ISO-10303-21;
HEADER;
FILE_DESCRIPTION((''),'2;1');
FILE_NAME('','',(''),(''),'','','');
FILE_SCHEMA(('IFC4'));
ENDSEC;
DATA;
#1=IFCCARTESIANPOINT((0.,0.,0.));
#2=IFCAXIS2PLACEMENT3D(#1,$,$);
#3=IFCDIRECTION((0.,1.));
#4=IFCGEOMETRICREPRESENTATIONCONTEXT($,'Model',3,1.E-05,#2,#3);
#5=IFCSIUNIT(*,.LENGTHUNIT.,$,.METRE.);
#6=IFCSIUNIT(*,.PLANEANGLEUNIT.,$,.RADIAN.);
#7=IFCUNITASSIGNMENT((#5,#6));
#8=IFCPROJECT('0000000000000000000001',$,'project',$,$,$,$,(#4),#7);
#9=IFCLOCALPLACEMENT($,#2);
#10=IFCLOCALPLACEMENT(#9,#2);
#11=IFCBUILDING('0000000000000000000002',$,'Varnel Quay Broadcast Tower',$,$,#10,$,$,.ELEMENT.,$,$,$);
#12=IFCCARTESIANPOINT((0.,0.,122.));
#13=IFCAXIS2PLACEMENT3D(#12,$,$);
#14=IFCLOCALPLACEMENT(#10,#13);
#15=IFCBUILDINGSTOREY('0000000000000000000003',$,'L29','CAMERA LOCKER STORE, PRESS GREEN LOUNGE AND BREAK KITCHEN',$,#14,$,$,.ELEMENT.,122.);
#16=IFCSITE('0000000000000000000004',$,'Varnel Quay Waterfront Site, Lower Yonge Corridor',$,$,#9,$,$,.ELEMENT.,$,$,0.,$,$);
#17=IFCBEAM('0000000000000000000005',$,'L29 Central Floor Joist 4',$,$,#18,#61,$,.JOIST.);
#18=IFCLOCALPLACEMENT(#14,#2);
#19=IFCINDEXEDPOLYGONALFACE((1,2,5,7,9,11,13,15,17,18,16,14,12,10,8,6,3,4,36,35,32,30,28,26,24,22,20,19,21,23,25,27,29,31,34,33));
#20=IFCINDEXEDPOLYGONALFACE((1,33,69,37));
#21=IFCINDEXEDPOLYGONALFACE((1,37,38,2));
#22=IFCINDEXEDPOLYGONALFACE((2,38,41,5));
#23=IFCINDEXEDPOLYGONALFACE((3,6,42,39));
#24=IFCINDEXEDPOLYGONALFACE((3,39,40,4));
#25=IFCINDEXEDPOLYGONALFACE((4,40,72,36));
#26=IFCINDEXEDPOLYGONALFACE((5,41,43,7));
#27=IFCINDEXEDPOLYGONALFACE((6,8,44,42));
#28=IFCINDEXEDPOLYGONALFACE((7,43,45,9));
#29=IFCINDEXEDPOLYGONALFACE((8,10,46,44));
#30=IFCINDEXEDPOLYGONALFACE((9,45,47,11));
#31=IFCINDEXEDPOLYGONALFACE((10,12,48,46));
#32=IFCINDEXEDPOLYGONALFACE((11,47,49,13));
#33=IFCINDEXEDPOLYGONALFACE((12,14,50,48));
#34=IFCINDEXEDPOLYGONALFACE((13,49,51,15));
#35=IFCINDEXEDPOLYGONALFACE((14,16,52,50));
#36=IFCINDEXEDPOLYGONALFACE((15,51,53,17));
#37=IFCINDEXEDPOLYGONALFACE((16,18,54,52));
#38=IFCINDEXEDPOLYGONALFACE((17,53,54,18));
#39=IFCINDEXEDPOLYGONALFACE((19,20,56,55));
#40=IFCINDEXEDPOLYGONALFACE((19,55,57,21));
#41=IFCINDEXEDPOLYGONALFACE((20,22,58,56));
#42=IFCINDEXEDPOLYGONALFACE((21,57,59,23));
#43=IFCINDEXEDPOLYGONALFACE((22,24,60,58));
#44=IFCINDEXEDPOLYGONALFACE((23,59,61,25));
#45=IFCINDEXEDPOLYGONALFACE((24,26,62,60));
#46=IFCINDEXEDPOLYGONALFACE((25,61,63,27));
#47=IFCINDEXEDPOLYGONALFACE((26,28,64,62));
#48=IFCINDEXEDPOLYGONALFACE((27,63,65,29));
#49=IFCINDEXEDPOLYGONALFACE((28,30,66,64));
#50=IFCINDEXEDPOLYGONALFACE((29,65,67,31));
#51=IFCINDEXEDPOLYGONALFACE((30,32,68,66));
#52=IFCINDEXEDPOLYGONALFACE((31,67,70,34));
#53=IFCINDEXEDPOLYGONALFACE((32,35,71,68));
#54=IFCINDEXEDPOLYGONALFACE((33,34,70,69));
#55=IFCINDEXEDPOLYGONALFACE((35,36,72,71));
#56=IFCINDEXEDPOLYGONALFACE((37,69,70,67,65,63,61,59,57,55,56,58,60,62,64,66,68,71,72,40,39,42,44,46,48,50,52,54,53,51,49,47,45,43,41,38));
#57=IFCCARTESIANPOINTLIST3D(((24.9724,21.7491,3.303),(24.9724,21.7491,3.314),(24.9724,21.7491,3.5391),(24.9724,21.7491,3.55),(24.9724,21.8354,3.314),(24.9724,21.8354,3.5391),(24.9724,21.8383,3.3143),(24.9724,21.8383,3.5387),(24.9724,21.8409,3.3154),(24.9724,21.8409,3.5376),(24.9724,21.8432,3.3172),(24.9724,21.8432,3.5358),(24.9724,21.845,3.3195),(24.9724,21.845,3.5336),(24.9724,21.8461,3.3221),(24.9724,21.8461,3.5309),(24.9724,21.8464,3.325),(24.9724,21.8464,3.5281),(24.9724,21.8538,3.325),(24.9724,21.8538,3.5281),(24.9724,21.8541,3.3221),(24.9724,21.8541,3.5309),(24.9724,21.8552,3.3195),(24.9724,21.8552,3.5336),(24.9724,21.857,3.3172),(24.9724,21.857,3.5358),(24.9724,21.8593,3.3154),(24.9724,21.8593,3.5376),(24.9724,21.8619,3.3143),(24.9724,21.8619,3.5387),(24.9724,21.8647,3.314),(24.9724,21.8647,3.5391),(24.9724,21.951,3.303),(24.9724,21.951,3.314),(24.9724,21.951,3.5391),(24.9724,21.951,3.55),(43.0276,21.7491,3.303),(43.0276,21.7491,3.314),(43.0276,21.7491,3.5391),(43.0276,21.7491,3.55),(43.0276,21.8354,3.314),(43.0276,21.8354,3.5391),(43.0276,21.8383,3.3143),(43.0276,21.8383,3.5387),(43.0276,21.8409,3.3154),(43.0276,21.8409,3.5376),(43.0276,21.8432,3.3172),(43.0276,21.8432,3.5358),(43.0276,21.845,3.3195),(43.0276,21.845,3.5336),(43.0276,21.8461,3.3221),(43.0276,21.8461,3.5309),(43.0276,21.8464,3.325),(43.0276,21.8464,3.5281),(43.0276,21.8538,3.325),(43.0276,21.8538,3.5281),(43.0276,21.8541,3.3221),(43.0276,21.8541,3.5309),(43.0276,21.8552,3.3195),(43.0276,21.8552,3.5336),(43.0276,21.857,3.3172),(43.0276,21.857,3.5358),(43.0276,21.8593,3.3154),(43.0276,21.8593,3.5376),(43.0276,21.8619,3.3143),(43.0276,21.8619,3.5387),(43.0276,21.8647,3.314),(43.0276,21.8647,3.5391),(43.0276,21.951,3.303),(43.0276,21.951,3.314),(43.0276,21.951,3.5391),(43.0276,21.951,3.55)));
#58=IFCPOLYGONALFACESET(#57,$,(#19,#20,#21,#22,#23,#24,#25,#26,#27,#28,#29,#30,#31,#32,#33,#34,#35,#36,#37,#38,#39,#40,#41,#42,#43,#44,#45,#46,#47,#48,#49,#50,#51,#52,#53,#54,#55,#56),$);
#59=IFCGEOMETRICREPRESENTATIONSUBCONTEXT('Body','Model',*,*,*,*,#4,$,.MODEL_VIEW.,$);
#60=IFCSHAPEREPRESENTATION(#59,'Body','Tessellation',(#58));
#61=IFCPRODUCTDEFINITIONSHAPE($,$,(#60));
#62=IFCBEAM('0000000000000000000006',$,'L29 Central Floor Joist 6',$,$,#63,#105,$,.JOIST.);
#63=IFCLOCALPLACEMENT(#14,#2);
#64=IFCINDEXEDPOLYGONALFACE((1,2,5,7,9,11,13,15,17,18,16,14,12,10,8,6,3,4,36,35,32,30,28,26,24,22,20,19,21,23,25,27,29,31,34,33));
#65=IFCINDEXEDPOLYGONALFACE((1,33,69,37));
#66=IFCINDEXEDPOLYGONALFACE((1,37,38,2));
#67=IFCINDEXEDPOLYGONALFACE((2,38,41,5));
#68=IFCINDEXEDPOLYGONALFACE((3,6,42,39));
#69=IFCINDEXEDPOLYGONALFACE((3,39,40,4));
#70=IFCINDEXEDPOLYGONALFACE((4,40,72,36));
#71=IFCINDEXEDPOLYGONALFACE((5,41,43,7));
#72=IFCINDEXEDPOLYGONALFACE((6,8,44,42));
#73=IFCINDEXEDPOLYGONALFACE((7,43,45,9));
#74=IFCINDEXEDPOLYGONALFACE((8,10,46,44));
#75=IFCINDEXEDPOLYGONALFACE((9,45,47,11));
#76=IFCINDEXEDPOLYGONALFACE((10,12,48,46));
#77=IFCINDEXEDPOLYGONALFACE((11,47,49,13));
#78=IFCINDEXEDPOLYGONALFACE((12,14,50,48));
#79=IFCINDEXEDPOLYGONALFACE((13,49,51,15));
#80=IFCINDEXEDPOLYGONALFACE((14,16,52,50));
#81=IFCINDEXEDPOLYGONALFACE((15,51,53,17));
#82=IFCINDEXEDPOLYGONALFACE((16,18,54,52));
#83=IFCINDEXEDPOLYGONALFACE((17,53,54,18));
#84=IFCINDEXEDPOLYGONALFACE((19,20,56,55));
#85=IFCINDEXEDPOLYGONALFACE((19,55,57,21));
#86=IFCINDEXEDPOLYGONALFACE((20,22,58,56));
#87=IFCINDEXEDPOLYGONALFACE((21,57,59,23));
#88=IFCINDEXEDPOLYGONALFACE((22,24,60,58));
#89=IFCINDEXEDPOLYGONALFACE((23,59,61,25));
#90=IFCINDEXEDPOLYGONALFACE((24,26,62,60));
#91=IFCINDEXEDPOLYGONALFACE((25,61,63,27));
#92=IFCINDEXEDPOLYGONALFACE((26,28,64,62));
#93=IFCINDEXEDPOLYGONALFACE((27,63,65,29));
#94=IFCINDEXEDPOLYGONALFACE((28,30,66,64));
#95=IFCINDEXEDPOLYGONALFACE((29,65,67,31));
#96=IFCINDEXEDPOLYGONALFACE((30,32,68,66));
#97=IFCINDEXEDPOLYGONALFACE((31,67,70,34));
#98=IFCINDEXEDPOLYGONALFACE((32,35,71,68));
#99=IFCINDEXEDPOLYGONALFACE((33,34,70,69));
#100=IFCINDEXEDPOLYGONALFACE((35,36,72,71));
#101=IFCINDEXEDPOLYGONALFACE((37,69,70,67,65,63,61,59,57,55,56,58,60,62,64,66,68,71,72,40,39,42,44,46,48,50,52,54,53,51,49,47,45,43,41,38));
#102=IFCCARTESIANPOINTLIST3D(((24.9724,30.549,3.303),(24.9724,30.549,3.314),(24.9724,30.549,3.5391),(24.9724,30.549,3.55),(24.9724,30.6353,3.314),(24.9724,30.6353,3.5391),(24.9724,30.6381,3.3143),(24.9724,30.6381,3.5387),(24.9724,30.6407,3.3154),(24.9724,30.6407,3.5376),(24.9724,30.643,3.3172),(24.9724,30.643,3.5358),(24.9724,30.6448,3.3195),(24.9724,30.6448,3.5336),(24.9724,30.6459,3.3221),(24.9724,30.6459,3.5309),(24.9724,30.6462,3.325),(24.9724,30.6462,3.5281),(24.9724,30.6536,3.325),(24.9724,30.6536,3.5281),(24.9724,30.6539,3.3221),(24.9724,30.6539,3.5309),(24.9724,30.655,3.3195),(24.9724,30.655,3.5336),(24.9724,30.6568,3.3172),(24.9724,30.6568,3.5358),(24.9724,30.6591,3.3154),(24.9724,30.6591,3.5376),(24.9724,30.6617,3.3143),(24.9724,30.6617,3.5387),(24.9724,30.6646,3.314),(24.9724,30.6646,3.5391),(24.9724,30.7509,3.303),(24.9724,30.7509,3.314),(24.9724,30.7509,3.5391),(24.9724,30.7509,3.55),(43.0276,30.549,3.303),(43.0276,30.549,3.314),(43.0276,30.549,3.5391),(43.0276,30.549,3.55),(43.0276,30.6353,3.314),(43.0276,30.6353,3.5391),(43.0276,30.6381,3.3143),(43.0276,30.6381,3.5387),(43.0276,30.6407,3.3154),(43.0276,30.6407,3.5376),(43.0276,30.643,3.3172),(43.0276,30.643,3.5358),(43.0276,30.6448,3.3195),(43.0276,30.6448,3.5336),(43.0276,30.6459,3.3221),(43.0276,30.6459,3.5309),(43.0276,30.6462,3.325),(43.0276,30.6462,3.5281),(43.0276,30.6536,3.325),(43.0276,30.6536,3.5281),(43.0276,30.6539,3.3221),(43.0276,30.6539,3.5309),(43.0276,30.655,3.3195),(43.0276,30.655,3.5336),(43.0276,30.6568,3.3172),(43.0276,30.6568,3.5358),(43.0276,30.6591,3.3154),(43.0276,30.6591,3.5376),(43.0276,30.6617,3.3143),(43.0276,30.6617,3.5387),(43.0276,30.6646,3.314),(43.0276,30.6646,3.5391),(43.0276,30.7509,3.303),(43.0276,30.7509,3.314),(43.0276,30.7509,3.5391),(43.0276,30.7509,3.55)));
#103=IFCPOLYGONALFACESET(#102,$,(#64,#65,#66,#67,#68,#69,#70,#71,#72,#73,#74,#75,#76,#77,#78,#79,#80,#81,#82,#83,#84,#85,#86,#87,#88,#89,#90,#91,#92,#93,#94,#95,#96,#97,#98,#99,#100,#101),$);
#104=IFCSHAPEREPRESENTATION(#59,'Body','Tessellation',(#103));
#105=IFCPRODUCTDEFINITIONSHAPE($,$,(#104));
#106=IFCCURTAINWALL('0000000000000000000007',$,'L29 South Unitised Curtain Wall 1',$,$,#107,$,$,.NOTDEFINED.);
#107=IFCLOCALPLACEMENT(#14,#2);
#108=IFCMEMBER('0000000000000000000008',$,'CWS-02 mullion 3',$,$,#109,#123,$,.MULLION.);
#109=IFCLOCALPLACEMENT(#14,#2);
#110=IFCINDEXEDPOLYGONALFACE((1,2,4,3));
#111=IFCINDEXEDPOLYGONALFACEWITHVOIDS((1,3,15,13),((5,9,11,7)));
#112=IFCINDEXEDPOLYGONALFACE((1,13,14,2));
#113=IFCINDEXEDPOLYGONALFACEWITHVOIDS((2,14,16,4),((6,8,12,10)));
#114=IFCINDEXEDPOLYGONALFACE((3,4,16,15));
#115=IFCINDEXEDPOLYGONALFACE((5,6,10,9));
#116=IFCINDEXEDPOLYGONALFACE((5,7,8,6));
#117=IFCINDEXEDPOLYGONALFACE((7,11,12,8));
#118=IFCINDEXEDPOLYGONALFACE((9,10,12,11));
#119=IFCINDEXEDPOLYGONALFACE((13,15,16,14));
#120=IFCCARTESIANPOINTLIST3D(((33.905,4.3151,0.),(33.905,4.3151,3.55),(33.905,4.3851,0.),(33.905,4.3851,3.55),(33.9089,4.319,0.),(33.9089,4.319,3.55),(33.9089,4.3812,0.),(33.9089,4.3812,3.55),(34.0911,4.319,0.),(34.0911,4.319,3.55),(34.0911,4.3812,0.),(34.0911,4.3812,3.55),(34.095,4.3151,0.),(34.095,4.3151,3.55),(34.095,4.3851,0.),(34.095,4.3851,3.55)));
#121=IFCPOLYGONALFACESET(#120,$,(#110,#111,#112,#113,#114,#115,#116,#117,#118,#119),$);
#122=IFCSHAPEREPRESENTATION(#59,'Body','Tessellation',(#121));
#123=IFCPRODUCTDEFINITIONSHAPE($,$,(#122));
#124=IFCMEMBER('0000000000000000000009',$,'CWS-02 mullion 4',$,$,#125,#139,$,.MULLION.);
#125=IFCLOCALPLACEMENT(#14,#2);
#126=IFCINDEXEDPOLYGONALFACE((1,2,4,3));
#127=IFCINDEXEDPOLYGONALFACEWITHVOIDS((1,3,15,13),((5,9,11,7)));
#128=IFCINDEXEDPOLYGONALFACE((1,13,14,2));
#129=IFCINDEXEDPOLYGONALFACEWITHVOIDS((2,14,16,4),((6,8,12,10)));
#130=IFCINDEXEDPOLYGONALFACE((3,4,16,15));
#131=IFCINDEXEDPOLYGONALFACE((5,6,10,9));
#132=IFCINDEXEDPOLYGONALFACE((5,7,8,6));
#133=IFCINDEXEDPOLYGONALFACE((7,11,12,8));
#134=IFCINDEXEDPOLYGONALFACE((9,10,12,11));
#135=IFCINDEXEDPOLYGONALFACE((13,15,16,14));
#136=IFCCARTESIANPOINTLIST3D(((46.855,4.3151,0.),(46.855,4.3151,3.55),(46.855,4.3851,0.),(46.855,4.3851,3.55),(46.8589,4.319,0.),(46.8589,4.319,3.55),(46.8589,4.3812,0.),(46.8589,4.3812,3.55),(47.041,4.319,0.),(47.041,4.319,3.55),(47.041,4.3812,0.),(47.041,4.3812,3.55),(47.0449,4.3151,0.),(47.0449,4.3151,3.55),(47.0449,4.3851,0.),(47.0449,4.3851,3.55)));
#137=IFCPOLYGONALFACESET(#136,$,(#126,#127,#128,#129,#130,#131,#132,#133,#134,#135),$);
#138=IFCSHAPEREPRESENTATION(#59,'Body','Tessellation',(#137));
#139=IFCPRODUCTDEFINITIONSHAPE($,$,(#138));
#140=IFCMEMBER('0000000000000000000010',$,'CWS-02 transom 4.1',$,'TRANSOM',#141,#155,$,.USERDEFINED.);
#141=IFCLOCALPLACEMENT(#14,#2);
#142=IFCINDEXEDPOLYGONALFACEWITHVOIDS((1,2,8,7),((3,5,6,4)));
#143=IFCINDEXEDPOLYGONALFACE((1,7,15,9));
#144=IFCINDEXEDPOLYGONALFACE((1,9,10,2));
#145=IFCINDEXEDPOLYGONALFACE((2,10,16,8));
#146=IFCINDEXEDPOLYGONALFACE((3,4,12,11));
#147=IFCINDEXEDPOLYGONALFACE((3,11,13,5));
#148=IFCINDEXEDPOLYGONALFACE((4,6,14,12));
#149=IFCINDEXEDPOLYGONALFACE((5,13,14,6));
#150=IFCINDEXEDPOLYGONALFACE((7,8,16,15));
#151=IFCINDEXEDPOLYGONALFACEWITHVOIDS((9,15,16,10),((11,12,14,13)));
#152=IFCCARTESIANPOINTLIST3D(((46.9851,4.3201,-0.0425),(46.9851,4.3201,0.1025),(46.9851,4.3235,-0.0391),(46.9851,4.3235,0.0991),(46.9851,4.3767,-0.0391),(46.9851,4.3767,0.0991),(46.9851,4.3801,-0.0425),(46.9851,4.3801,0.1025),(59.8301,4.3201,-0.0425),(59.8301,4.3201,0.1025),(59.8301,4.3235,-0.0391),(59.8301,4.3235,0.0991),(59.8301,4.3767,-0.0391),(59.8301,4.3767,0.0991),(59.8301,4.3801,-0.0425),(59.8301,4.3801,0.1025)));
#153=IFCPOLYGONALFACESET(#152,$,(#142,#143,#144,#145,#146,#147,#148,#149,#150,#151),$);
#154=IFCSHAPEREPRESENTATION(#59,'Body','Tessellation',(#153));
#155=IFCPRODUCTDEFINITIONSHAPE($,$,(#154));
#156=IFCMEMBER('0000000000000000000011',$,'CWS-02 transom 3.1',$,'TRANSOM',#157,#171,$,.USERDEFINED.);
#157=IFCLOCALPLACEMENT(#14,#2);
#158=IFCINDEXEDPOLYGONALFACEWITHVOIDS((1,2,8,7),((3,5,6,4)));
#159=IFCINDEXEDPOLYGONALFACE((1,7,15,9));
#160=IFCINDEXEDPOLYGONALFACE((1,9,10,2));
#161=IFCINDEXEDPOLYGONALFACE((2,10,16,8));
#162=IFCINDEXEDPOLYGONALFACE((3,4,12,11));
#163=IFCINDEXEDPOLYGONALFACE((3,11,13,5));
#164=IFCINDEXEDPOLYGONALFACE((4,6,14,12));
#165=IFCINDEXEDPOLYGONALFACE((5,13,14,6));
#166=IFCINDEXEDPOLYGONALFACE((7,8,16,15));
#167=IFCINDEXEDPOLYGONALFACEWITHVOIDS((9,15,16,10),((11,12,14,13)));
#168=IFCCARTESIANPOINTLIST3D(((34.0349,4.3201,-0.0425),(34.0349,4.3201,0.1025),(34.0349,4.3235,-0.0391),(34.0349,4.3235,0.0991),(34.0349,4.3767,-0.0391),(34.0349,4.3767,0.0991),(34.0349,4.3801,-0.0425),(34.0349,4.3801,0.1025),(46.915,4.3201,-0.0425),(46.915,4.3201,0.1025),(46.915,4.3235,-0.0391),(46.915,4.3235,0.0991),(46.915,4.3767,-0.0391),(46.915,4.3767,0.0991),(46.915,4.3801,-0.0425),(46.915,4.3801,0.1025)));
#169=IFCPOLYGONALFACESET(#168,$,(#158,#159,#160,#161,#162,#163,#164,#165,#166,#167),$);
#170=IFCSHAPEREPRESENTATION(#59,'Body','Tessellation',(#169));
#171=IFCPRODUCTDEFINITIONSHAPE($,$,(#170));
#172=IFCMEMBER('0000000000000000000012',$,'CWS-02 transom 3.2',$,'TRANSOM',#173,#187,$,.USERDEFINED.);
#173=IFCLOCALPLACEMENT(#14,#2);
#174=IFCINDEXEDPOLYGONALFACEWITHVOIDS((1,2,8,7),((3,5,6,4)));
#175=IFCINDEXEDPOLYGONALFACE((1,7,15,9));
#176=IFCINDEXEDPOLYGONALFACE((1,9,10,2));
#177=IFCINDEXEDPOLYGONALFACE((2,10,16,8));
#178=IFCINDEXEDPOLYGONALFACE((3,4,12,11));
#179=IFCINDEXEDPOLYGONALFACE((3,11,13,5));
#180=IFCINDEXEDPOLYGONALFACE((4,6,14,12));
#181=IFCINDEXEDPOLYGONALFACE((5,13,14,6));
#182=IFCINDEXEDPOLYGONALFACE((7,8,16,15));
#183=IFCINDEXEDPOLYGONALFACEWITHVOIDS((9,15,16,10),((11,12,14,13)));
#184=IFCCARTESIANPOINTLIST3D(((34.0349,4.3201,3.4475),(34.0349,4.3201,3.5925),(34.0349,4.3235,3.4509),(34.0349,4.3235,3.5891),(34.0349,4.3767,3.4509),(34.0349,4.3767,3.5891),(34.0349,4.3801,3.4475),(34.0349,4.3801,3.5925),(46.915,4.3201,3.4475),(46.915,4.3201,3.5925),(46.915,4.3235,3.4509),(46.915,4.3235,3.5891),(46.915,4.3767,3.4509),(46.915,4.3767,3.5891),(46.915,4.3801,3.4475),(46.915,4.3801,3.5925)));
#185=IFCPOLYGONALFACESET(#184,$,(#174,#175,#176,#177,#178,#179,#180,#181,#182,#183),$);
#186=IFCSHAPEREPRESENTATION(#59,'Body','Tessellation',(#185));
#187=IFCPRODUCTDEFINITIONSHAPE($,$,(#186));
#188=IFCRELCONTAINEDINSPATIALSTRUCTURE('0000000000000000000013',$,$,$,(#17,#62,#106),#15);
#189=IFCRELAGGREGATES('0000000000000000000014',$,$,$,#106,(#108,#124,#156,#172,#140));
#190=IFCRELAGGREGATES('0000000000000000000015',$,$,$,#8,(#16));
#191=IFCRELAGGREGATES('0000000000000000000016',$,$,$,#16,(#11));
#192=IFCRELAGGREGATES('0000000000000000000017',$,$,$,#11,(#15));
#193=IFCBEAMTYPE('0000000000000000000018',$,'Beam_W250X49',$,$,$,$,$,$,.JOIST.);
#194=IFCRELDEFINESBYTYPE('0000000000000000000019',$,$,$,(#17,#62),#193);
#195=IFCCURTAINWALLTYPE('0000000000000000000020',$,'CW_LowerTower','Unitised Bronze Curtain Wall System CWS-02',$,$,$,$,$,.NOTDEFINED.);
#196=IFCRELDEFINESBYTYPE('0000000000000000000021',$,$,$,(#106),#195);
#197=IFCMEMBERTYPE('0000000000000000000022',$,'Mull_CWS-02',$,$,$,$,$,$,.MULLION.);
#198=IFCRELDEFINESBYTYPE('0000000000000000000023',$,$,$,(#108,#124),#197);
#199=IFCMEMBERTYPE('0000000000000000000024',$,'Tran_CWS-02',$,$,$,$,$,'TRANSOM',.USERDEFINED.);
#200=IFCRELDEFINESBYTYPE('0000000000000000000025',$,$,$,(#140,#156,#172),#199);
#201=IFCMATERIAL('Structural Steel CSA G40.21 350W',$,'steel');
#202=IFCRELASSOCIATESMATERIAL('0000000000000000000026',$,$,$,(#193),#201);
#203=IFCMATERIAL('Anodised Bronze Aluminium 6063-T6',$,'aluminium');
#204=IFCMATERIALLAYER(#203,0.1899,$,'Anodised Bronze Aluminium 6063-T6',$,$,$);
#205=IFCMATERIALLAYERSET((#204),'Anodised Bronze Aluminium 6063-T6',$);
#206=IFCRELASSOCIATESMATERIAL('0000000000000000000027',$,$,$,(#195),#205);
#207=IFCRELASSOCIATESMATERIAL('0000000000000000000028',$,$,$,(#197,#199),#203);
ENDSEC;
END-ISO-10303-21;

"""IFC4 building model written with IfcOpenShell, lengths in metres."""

from ifc_helpers import new_model, si_unit, direction, frame, origin, origin_2d, place, context, subcontext, project, spatial, hollow_rectangle, i_section, extrude, source, transform, mapped, material, layer, layer_set, material_profile, profile_set, type_object, type_shapes, element, aggregate, save


model = new_model("IFC4")

# Units and contexts
model_context = context("Model", 3, precision=1e-05, world=origin(), true_north=direction((0.0, 1.0)))
body_context = subcontext(model_context, "Body", "Model", "MODEL_VIEW")
ifc_project = project(units=[si_unit("LENGTHUNIT", "METRE"), si_unit("PLANEANGLEUNIT", "RADIAN")], contexts=[model_context])

# Site, building, storey
site_placement = place(None, origin())
site = spatial("IfcSite", under=ifc_project, at=site_placement, Name="Varnel Quay Waterfront Site, Lower Yonge Corridor", CompositionType="ELEMENT", RefElevation=0.0)
building_placement = place(site_placement, origin())
building = spatial("IfcBuilding", under=site, at=building_placement, Name="Varnel Quay Broadcast Tower", CompositionType="ELEMENT")
storey_placement = place(building_placement, frame((0.0, 0.0, 122.0)))
storey = spatial("IfcBuildingStorey", under=building, at=storey_placement, Name="L29", Description="CAMERA LOCKER STORE, PRESS GREEN LOUNGE AND BREAK KITCHEN", CompositionType="ELEMENT", Elevation=122.0)

# Shared definitions
ifc_material_1 = material(Name="Structural Steel CSA G40.21 350W", Category="steel")

# Beams
ifc_material_profile_1 = material_profile(ifc_material_1, i_section(OverallWidth=0.2019, OverallDepth=0.2471, WebThickness=0.0073, FlangeThickness=0.011, FilletRadius=0.011, at=origin_2d()), Name="W250X49")
ifc_profile_set_1 = profile_set([ifc_material_profile_1], Name="Structural Steel CSA G40.21 350W")
beam_type_1 = type_object("IfcBeamType", Name="Beam_W250X49", PredefinedType="JOIST", material=ifc_profile_set_1)
shared_shape_1 = source(origin(), body_context, "Body", "SweptSolid", [
    extrude(i_section(OverallWidth=0.2019, OverallDepth=0.2471, WebThickness=0.0073, FlangeThickness=0.011, FilletRadius=0.011, at=origin_2d()), origin(), (0.0, 0.0, 1.0), 18.0552),
])
for number, where, z_axis, x_axis, name in (
    (1, (24.9724, 21.8501, 3.4265), (1.0, 0.0, 0.0), (0.0, 1.0, 0.0), "L29 Central Floor Joist 4"),
    (2, (24.9724, 30.6499, 3.4265), (1.0, 0.0, 0.0), (0.0, 1.0, 0.0), "L29 Central Floor Joist 6"),
):
    element("IfcBeam", number, at=place(storey_placement, frame(where, z_axis=z_axis, x_axis=x_axis)), inside=storey, type_object=beam_type_1, Name=name, PredefinedType="JOIST", context=body_context, shape_type="MappedRepresentation", body=[
        mapped(shared_shape_1, transform((0.0, 0.0, 0.0), x_axis=(1.0, 0.0, 0.0), y_axis=(0.0, 1.0, 0.0), z_axis=(0.0, 0.0, 1.0), scale=1.0)),
    ])

# Curtain wall, members
ifc_material_2 = material(Name="Anodised Bronze Aluminium 6063-T6", Category="aluminium")
ifc_layer_1 = layer(ifc_material_2, 0.1899, Name="Anodised Bronze Aluminium 6063-T6")
ifc_layer_set_1 = layer_set([ifc_layer_1], Name="Anodised Bronze Aluminium 6063-T6")
curtain_wall_type = type_object("IfcCurtainWallType", Name="CW_LowerTower", Description="Unitised Bronze Curtain Wall System CWS-02", PredefinedType="NOTDEFINED", material=ifc_layer_set_1)
curtain_wall_placement = place(storey_placement, origin())
curtain_wall = element("IfcCurtainWall", 3, at=curtain_wall_placement, inside=storey, type_object=curtain_wall_type, Name="L29 South Unitised Curtain Wall 1", PredefinedType="NOTDEFINED")
ifc_material_profile_2 = material_profile(ifc_material_2, hollow_rectangle(XDim=0.0701, YDim=0.1899, WallThickness=0.0039, at=origin_2d()), Name="ALU70X190X4")
ifc_profile_set_2 = profile_set([ifc_material_profile_2], Name="Anodised Bronze Aluminium 6063-T6")
member_type_1 = type_object("IfcMemberType", Name="Mull_CWS-02", PredefinedType="MULLION", material=ifc_profile_set_2)
shared_shape_2 = source(origin(), body_context, "Body", "SweptSolid", [
    extrude(hollow_rectangle(XDim=0.0701, YDim=0.1899, WallThickness=0.0039, at=origin_2d()), origin(), (0.0, 0.0, 1.0), 3.55),
])
type_shapes(member_type_1, [shared_shape_2])
member_1_placement = place(storey_placement, frame((34.0, 4.3501, 0.0), z_axis=(0.0, 0.0, 1.0), x_axis=(0.0, 1.0, 0.0)))
member_1 = element("IfcMember", 4, at=member_1_placement, type_object=member_type_1, Name="CWS-02 mullion 3", PredefinedType="MULLION", context=body_context, shape_type="MappedRepresentation", body=[
    mapped(shared_shape_2, transform((0.0, 0.0, 0.0), x_axis=(1.0, 0.0, 0.0), y_axis=(0.0, 1.0, 0.0), z_axis=(0.0, 0.0, 1.0), scale=1.0)),
])
member_2_placement = place(storey_placement, frame((46.95, 4.3501, 0.0), z_axis=(0.0, 0.0, 1.0), x_axis=(0.0, 1.0, 0.0)))
member_2 = element("IfcMember", 5, at=member_2_placement, type_object=member_type_1, Name="CWS-02 mullion 4", PredefinedType="MULLION", context=body_context, shape_type="MappedRepresentation", body=[
    mapped(shared_shape_2, transform((0.0, 0.0, 0.0), x_axis=(1.0, 0.0, 0.0), y_axis=(0.0, 1.0, 0.0), z_axis=(0.0, 0.0, 1.0), scale=1.0)),
])
ifc_material_profile_3 = material_profile(ifc_material_2, hollow_rectangle(XDim=0.0601, YDim=0.145, WallThickness=0.0034, at=origin_2d()), Name="ALU60X145X3.5")
ifc_profile_set_3 = profile_set([ifc_material_profile_3], Name="Anodised Bronze Aluminium 6063-T6")
member_type_2 = type_object("IfcMemberType", Name="Tran_CWS-02", ElementType="TRANSOM", PredefinedType="USERDEFINED", material=ifc_profile_set_3)
shared_shape_3 = source(origin(), body_context, "Body", "SweptSolid", [
    extrude(hollow_rectangle(XDim=0.0601, YDim=0.145, WallThickness=0.0034, at=origin_2d()), origin(), (0.0, 0.0, 1.0), 12.845),
])
member_3_placement = place(storey_placement, frame((46.9851, 4.3501, 0.03), z_axis=(1.0, 0.0, 0.0), x_axis=(0.0, 1.0, 0.0)))
member_3 = element("IfcMember", 6, at=member_3_placement, type_object=member_type_2, Name="CWS-02 transom 4.1", ObjectType="TRANSOM", PredefinedType="USERDEFINED", context=body_context, shape_type="MappedRepresentation", body=[
    mapped(shared_shape_3, transform((0.0, 0.0, 0.0), x_axis=(1.0, 0.0, 0.0), y_axis=(0.0, 1.0, 0.0), z_axis=(0.0, 0.0, 1.0), scale=1.0)),
])
shared_shape_4 = source(origin(), body_context, "Body", "SweptSolid", [
    extrude(hollow_rectangle(XDim=0.0601, YDim=0.145, WallThickness=0.0034, at=origin_2d()), origin(), (0.0, 0.0, 1.0), 12.8801),
])
type_shapes(member_type_2, [shared_shape_3, shared_shape_4])
member_4_placement = place(storey_placement, frame((34.0349, 4.3501, 0.03), z_axis=(1.0, 0.0, 0.0), x_axis=(0.0, 1.0, 0.0)))
member_4 = element("IfcMember", 7, at=member_4_placement, type_object=member_type_2, Name="CWS-02 transom 3.1", ObjectType="TRANSOM", PredefinedType="USERDEFINED", context=body_context, shape_type="MappedRepresentation", body=[
    mapped(shared_shape_4, transform((0.0, 0.0, 0.0), x_axis=(1.0, 0.0, 0.0), y_axis=(0.0, 1.0, 0.0), z_axis=(0.0, 0.0, 1.0), scale=1.0)),
])
member_5_placement = place(storey_placement, frame((34.0349, 4.3501, 3.52), z_axis=(1.0, 0.0, 0.0), x_axis=(0.0, 1.0, 0.0)))
member_5 = element("IfcMember", 8, at=member_5_placement, type_object=member_type_2, Name="CWS-02 transom 3.2", ObjectType="TRANSOM", PredefinedType="USERDEFINED", context=body_context, shape_type="MappedRepresentation", body=[
    mapped(shared_shape_4, transform((0.0, 0.0, 0.0), x_axis=(1.0, 0.0, 0.0), y_axis=(0.0, 1.0, 0.0), z_axis=(0.0, 0.0, 1.0), scale=1.0)),
])
aggregate(curtain_wall, [member_1, member_2, member_4, member_5, member_3])

save(model, "model.ifc")
